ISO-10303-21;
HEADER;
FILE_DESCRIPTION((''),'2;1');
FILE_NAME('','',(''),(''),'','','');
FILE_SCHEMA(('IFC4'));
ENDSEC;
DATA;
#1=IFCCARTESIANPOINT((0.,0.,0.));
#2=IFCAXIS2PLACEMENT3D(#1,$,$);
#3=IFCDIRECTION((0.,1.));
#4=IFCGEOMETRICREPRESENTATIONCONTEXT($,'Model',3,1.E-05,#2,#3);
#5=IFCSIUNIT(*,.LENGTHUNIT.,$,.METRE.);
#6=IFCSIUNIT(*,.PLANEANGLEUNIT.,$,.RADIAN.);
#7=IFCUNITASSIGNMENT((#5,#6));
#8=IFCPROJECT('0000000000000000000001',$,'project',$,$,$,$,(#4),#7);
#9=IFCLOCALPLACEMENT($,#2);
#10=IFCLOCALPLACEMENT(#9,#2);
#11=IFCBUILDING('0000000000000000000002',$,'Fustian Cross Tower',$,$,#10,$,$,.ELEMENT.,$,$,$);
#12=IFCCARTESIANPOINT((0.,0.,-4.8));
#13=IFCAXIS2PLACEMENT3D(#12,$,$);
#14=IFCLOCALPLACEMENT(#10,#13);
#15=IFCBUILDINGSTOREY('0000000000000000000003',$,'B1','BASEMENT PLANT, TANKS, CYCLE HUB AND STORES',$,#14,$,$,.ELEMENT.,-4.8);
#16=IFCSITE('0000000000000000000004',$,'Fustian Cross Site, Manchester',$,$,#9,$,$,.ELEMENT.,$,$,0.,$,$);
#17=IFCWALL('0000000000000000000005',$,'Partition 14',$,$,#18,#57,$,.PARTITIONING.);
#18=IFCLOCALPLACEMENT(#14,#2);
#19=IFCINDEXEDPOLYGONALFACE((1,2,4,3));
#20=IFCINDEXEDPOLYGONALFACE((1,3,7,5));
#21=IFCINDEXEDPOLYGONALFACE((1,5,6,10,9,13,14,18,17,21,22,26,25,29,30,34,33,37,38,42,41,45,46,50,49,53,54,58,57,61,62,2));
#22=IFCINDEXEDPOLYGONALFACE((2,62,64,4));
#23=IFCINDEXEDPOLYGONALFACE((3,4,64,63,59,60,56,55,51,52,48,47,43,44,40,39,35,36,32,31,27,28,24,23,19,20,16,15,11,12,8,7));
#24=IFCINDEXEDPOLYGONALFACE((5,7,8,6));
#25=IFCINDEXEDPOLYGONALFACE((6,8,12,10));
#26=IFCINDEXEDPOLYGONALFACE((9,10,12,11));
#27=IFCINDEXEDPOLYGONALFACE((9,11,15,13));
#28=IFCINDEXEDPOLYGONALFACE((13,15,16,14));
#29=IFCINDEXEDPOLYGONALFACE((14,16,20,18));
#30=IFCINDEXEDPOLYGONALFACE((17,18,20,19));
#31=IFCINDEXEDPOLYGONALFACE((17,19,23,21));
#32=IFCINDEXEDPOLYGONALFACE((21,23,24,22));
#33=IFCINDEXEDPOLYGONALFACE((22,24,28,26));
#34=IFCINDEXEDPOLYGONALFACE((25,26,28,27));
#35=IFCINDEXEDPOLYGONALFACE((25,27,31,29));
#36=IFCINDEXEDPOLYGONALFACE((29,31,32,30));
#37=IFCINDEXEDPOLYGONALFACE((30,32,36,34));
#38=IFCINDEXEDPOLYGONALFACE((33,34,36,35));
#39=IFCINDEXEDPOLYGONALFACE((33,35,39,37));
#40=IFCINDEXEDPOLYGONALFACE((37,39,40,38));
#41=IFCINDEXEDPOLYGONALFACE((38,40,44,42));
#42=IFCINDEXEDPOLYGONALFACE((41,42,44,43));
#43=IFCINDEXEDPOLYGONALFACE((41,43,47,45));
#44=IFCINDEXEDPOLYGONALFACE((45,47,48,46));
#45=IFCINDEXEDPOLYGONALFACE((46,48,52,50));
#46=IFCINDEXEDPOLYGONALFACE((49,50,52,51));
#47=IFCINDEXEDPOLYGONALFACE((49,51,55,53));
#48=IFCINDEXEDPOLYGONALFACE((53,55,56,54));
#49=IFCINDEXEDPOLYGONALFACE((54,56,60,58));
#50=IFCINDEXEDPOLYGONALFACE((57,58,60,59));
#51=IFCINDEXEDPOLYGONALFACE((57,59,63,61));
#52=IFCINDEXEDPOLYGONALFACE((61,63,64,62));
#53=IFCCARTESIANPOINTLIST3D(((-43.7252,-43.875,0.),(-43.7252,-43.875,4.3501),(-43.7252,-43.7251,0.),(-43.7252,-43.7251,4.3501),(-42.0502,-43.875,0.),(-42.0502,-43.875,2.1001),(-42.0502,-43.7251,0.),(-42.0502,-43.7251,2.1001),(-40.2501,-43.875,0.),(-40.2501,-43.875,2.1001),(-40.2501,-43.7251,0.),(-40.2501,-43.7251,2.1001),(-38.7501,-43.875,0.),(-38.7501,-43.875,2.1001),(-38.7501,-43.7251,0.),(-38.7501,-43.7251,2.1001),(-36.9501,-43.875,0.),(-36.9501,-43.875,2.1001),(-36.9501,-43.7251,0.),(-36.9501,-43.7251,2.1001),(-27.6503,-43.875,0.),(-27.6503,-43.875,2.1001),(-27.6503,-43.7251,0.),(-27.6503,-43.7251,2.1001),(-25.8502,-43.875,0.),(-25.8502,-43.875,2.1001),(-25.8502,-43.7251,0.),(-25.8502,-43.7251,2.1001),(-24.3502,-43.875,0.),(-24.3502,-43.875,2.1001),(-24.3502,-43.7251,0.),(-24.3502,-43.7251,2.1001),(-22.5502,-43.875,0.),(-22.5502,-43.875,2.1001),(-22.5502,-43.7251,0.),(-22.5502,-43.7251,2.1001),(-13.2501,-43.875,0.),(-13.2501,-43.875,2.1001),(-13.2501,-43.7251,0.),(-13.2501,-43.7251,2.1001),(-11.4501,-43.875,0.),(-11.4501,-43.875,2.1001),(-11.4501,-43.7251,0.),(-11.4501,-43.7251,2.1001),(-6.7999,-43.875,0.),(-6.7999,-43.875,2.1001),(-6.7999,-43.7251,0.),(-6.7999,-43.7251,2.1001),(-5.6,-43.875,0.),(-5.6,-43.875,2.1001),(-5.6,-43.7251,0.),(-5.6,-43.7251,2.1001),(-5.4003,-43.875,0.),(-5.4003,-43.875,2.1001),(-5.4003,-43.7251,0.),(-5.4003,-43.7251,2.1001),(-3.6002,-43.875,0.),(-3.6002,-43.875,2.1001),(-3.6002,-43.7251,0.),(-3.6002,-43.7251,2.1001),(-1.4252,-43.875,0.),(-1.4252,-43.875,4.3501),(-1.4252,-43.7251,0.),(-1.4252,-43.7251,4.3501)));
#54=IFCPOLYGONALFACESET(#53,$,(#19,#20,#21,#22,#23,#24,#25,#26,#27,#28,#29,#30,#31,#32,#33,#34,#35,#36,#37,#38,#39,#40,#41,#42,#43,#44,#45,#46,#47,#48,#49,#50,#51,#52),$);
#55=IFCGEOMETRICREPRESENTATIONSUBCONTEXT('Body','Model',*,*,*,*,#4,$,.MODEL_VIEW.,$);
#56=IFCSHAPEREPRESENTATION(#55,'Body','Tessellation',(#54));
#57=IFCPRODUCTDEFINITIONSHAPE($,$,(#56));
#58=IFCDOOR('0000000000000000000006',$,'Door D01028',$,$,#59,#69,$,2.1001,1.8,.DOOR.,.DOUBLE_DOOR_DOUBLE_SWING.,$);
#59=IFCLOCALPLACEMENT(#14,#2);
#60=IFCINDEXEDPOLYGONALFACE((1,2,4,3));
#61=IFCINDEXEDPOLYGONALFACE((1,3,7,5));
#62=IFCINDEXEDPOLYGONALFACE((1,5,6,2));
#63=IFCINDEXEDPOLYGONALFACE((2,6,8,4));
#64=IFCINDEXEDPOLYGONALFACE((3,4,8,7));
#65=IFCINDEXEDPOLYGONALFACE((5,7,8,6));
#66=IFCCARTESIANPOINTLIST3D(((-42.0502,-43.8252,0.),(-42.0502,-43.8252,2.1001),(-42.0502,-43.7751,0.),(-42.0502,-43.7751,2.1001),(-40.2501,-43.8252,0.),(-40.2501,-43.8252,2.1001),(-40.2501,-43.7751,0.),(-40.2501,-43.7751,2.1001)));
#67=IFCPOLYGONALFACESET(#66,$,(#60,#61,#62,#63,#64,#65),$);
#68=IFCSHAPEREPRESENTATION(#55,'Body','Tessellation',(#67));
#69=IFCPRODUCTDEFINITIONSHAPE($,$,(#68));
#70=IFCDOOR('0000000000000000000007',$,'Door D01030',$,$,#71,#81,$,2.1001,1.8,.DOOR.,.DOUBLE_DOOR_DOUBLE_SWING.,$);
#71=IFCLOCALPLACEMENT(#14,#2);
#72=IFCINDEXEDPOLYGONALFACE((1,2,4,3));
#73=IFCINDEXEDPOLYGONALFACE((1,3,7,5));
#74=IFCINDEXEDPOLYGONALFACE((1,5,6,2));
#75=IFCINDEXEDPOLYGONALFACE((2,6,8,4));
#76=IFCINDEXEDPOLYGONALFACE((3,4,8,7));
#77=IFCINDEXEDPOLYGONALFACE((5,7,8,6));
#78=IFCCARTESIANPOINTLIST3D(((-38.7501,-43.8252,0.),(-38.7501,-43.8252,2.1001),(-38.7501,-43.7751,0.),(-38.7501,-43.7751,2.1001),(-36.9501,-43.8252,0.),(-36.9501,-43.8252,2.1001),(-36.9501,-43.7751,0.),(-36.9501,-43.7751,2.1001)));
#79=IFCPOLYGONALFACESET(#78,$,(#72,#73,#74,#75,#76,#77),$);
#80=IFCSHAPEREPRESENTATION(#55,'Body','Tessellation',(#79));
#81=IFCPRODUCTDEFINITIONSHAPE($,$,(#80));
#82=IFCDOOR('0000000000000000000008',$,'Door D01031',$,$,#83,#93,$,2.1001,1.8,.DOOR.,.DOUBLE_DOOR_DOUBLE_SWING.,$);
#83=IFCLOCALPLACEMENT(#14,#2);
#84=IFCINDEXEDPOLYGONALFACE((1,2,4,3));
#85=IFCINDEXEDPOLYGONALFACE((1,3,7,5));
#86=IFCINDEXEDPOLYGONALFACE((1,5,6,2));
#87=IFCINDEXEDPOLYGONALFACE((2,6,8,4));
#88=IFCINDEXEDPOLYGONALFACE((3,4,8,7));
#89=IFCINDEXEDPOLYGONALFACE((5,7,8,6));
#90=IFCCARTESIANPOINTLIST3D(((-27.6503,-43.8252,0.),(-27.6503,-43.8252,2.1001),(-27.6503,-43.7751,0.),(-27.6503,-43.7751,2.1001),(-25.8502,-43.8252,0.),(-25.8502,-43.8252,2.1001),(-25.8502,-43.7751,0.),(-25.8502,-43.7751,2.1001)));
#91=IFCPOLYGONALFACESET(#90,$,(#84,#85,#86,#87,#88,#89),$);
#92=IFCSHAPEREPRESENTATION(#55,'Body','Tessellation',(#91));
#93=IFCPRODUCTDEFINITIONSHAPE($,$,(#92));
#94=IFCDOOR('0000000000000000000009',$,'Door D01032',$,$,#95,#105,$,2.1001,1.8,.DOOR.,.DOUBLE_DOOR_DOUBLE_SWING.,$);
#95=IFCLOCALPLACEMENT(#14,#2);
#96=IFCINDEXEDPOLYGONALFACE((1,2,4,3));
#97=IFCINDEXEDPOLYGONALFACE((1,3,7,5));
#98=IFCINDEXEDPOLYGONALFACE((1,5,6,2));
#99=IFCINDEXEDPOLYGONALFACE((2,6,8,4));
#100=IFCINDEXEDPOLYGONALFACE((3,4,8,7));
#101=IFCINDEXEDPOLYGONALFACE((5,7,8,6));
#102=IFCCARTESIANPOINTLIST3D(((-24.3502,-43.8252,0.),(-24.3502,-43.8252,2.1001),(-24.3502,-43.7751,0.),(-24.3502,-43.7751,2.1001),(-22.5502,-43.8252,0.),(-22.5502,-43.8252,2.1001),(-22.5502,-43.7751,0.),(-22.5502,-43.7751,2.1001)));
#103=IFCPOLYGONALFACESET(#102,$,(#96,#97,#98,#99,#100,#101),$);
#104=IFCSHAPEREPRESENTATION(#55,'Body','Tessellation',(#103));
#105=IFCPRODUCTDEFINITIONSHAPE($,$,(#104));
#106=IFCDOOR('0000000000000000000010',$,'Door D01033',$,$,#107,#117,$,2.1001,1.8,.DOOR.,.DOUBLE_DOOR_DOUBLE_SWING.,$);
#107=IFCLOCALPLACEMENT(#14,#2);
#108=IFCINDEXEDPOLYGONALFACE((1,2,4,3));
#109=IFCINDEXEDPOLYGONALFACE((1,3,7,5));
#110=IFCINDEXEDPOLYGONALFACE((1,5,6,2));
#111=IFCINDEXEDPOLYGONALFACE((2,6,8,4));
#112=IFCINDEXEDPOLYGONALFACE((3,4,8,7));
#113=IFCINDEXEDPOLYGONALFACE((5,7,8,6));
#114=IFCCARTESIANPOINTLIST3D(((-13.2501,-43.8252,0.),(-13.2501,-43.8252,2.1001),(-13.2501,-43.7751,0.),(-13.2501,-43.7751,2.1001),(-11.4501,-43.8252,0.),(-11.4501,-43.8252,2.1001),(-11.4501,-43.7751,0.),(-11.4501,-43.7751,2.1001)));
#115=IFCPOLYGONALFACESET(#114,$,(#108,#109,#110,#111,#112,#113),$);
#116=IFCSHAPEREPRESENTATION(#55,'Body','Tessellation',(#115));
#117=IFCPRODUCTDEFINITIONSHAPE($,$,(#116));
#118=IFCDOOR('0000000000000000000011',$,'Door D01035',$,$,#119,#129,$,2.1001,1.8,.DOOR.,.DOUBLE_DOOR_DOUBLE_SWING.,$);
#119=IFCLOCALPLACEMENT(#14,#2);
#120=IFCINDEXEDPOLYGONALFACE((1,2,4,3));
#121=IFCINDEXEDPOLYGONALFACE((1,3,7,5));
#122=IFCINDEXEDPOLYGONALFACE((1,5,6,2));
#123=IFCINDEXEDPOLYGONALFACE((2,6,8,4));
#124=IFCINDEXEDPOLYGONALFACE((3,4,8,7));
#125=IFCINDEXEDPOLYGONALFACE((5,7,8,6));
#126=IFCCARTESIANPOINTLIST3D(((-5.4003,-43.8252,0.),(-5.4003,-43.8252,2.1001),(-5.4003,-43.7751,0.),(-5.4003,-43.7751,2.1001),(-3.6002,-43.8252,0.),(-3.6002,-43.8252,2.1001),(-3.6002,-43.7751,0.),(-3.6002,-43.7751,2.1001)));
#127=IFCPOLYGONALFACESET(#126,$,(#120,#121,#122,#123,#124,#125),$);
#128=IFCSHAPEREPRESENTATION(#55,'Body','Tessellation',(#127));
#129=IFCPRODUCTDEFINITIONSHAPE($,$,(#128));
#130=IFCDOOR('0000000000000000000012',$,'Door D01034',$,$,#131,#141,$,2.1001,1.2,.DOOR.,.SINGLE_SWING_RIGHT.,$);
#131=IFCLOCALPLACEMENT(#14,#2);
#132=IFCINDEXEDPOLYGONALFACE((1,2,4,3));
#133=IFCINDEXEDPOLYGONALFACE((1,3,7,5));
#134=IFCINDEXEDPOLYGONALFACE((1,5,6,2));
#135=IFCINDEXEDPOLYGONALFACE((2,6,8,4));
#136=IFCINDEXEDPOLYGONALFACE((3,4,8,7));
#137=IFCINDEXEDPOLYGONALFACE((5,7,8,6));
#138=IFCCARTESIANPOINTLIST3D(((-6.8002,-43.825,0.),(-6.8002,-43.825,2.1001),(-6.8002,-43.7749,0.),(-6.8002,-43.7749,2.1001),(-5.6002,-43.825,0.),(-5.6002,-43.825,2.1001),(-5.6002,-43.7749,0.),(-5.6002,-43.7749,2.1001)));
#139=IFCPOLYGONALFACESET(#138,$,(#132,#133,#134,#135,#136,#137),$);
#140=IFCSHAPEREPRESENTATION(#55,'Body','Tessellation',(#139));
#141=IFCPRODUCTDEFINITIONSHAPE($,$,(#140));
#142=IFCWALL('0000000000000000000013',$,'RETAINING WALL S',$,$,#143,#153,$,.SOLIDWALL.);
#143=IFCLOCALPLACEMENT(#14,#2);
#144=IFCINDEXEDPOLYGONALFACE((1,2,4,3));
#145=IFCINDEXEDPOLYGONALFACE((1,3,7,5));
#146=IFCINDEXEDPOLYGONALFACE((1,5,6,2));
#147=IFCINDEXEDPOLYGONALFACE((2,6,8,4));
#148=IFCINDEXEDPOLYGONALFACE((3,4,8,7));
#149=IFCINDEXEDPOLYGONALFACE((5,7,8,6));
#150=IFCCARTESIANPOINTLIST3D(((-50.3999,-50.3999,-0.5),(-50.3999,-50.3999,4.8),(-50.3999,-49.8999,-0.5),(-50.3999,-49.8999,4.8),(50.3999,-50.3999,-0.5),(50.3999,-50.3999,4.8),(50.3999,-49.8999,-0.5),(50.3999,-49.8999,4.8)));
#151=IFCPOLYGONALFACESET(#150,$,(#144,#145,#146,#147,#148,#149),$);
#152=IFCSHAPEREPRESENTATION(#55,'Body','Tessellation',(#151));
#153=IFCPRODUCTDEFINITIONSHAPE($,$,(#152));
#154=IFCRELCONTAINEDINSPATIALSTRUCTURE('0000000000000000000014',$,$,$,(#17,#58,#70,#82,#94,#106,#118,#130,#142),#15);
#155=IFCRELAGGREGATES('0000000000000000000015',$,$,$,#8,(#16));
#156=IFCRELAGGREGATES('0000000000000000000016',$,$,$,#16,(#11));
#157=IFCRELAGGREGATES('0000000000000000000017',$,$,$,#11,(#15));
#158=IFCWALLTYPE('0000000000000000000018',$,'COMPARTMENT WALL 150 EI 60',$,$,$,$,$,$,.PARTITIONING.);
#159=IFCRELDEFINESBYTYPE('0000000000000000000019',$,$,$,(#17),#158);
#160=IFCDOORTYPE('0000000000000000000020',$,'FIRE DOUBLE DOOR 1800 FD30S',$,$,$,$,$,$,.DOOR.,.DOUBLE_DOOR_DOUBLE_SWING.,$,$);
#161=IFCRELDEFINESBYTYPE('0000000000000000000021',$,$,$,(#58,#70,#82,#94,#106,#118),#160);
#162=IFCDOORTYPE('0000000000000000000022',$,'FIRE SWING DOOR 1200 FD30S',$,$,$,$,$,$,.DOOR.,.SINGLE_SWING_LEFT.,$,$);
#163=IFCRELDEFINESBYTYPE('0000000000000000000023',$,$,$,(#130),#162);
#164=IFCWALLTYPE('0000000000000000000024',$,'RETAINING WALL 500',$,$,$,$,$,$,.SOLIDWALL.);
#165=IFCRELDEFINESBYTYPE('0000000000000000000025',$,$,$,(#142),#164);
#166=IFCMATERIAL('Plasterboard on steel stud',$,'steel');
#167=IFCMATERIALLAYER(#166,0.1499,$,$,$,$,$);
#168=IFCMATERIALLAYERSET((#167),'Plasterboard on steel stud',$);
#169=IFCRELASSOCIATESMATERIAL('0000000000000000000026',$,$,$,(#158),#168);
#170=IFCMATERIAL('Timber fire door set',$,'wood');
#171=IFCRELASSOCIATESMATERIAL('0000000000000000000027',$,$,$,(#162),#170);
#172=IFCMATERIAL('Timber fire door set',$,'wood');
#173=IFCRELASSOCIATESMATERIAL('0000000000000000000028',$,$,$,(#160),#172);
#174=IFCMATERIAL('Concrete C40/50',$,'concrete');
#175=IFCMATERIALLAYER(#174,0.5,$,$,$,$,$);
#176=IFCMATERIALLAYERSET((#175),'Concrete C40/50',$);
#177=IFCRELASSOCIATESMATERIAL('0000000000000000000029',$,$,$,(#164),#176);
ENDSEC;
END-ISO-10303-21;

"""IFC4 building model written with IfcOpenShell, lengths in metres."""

from ifc_helpers import new_model, si_unit, direction, frame, frame_2d, origin, place, context, subcontext, project, spatial, rectangle, extrude, material, layer, layer_set, type_object, element, fill, save


model = new_model("IFC4")

# Units and contexts
model_context = context("Model", 3, precision=1e-05, world=origin(), true_north=direction((0.0, 1.0)))
body_context = subcontext(model_context, "Body", "Model", "MODEL_VIEW")
ifc_project = project(units=[si_unit("LENGTHUNIT", "METRE"), si_unit("PLANEANGLEUNIT", "RADIAN")], contexts=[model_context])

# Site, building, storey
site_placement = place(None, origin())
site = spatial("IfcSite", under=ifc_project, at=site_placement, Name="Fustian Cross Site, Manchester", CompositionType="ELEMENT", RefElevation=0.0)
building_placement = place(site_placement, origin())
building = spatial("IfcBuilding", under=site, at=building_placement, Name="Fustian Cross Tower", CompositionType="ELEMENT")
storey_placement = place(building_placement, frame((0.0, 0.0, -4.8)))
storey = spatial("IfcBuildingStorey", under=building, at=storey_placement, Name="B1", Description="BASEMENT PLANT, TANKS, CYCLE HUB AND STORES", CompositionType="ELEMENT", Elevation=-4.8)

# Shared definitions
ifc_material_1 = material(Name="Plasterboard on steel stud", Category="steel")
ifc_layer_1 = layer(ifc_material_1, 0.1499)
ifc_layer_set_1 = layer_set([ifc_layer_1], Name="Plasterboard on steel stud")
wall_type_1 = type_object("IfcWallType", Name="COMPARTMENT WALL 150 EI 60", PredefinedType="PARTITIONING", material=ifc_layer_set_1)
ifc_material_2 = material(Name="Timber fire door set", Category="wood")
door_type_1 = type_object("IfcDoorType", Name="FIRE SWING DOOR 1200 FD30S", OperationType="SINGLE_SWING_LEFT", PredefinedType="DOOR", material=ifc_material_2)

# Wall, openings, doors
wall_1_placement = place(storey_placement, frame((-43.7251, -43.8, 0.0), z_axis=(0.0, 0.0, 1.0), x_axis=(1.0, 0.0, 0.0)))
wall_1 = element("IfcWall", 1, at=wall_1_placement, inside=storey, type_object=wall_type_1, Name="Partition 14", PredefinedType="PARTITIONING", context=body_context, shape_type="SweptSolid", body=[
    extrude(rectangle(XDim=42.3, YDim=0.1499, at=frame_2d((21.1499, 0.0))), origin(), (0.0, 0.0, 1.0), 4.3501),
])
opening_1_placement = place(wall_1_placement, frame((1.675, 0.0, 0.0)))
opening_1 = element("IfcOpeningElement", 2, at=opening_1_placement, cuts=wall_1, PredefinedType="OPENING", context=body_context, shape_type="SweptSolid", body=[
    extrude(rectangle(XDim=1.8, YDim=2.1001, at=frame_2d((0.8999, 1.05))), frame((0.0, 0.085, 0.0), z_axis=(0.0, -1.0, 0.0), x_axis=(1.0, 0.0, 0.0)), (0.0, 0.0, 1.0), 0.1699),
])
opening_2_placement = place(wall_1_placement, frame((4.9751, 0.0, 0.0)))
opening_2 = element("IfcOpeningElement", 3, at=opening_2_placement, cuts=wall_1, PredefinedType="OPENING", context=body_context, shape_type="SweptSolid", body=[
    extrude(rectangle(XDim=1.8, YDim=2.1001, at=frame_2d((0.8999, 1.05))), frame((0.0, 0.085, 0.0), z_axis=(0.0, -1.0, 0.0), x_axis=(1.0, 0.0, 0.0)), (0.0, 0.0, 1.0), 0.1699),
])
opening_3_placement = place(wall_1_placement, frame((16.075, 0.0, 0.0)))
opening_3 = element("IfcOpeningElement", 4, at=opening_3_placement, cuts=wall_1, PredefinedType="OPENING", context=body_context, shape_type="SweptSolid", body=[
    extrude(rectangle(XDim=1.8, YDim=2.1001, at=frame_2d((0.8999, 1.05))), frame((0.0, 0.085, 0.0), z_axis=(0.0, -1.0, 0.0), x_axis=(1.0, 0.0, 0.0)), (0.0, 0.0, 1.0), 0.1699),
])
opening_4_placement = place(wall_1_placement, frame((19.375, 0.0, 0.0)))
opening_4 = element("IfcOpeningElement", 5, at=opening_4_placement, cuts=wall_1, PredefinedType="OPENING", context=body_context, shape_type="SweptSolid", body=[
    extrude(rectangle(XDim=1.8, YDim=2.1001, at=frame_2d((0.8999, 1.05))), frame((0.0, 0.085, 0.0), z_axis=(0.0, -1.0, 0.0), x_axis=(1.0, 0.0, 0.0)), (0.0, 0.0, 1.0), 0.1699),
])
opening_5_placement = place(wall_1_placement, frame((30.4751, 0.0, 0.0)))
opening_5 = element("IfcOpeningElement", 6, at=opening_5_placement, cuts=wall_1, PredefinedType="OPENING", context=body_context, shape_type="SweptSolid", body=[
    extrude(rectangle(XDim=1.8, YDim=2.1001, at=frame_2d((0.8999, 1.05))), frame((0.0, 0.085, 0.0), z_axis=(0.0, -1.0, 0.0), x_axis=(1.0, 0.0, 0.0)), (0.0, 0.0, 1.0), 0.1699),
])
opening_6_placement = place(wall_1_placement, frame((36.925, 0.0, 0.0)))
opening_6 = element("IfcOpeningElement", 7, at=opening_6_placement, cuts=wall_1, PredefinedType="OPENING", context=body_context, shape_type="SweptSolid", body=[
    extrude(rectangle(XDim=1.2, YDim=2.1001, at=frame_2d((0.6001, 1.05))), frame((0.0, 0.085, 0.0), z_axis=(0.0, -1.0, 0.0), x_axis=(1.0, 0.0, 0.0)), (0.0, 0.0, 1.0), 0.1699),
])
opening_7_placement = place(wall_1_placement, frame((38.325, 0.0, 0.0)))
opening_7 = element("IfcOpeningElement", 8, at=opening_7_placement, cuts=wall_1, PredefinedType="OPENING", context=body_context, shape_type="SweptSolid", body=[
    extrude(rectangle(XDim=1.8, YDim=2.1001, at=frame_2d((0.8999, 1.05))), frame((0.0, 0.085, 0.0), z_axis=(0.0, -1.0, 0.0), x_axis=(1.0, 0.0, 0.0)), (0.0, 0.0, 1.0), 0.1699),
])
ifc_material_3 = material(Name="Timber fire door set", Category="wood")
door_type_2 = type_object("IfcDoorType", Name="FIRE DOUBLE DOOR 1800 FD30S", OperationType="DOUBLE_DOOR_DOUBLE_SWING", PredefinedType="DOOR", material=ifc_material_3)
door_1_placement = place(opening_1_placement, origin())
door_1 = element("IfcDoor", 9, at=door_1_placement, inside=storey, type_object=door_type_2, Name="Door D01028", OperationType="DOUBLE_DOOR_DOUBLE_SWING", OverallHeight=2.1001, OverallWidth=1.8, PredefinedType="DOOR", context=body_context, shape_type="SweptSolid", body=[
    extrude(rectangle(XDim=1.8, YDim=2.1001, at=frame_2d((0.8999, 1.05))), frame((0.0, 0.0249, 0.0), z_axis=(0.0, -1.0, 0.0), x_axis=(1.0, 0.0, 0.0)), (0.0, 0.0, 1.0), 0.05),
])
fill(opening_1, door_1)
door_2_placement = place(opening_2_placement, origin())
door_2 = element("IfcDoor", 10, at=door_2_placement, inside=storey, type_object=door_type_2, Name="Door D01030", OperationType="DOUBLE_DOOR_DOUBLE_SWING", OverallHeight=2.1001, OverallWidth=1.8, PredefinedType="DOOR", context=body_context, shape_type="SweptSolid", body=[
    extrude(rectangle(XDim=1.8, YDim=2.1001, at=frame_2d((0.8999, 1.05))), frame((0.0, 0.0249, 0.0), z_axis=(0.0, -1.0, 0.0), x_axis=(1.0, 0.0, 0.0)), (0.0, 0.0, 1.0), 0.05),
])
fill(opening_2, door_2)
door_3_placement = place(opening_3_placement, origin())
door_3 = element("IfcDoor", 11, at=door_3_placement, inside=storey, type_object=door_type_2, Name="Door D01031", OperationType="DOUBLE_DOOR_DOUBLE_SWING", OverallHeight=2.1001, OverallWidth=1.8, PredefinedType="DOOR", context=body_context, shape_type="SweptSolid", body=[
    extrude(rectangle(XDim=1.8, YDim=2.1001, at=frame_2d((0.8999, 1.05))), frame((0.0, 0.0249, 0.0), z_axis=(0.0, -1.0, 0.0), x_axis=(1.0, 0.0, 0.0)), (0.0, 0.0, 1.0), 0.05),
])
fill(opening_3, door_3)
door_4_placement = place(opening_4_placement, origin())
door_4 = element("IfcDoor", 12, at=door_4_placement, inside=storey, type_object=door_type_2, Name="Door D01032", OperationType="DOUBLE_DOOR_DOUBLE_SWING", OverallHeight=2.1001, OverallWidth=1.8, PredefinedType="DOOR", context=body_context, shape_type="SweptSolid", body=[
    extrude(rectangle(XDim=1.8, YDim=2.1001, at=frame_2d((0.8999, 1.05))), frame((0.0, 0.0249, 0.0), z_axis=(0.0, -1.0, 0.0), x_axis=(1.0, 0.0, 0.0)), (0.0, 0.0, 1.0), 0.05),
])
fill(opening_4, door_4)
door_5_placement = place(opening_5_placement, origin())
door_5 = element("IfcDoor", 13, at=door_5_placement, inside=storey, type_object=door_type_2, Name="Door D01033", OperationType="DOUBLE_DOOR_DOUBLE_SWING", OverallHeight=2.1001, OverallWidth=1.8, PredefinedType="DOOR", context=body_context, shape_type="SweptSolid", body=[
    extrude(rectangle(XDim=1.8, YDim=2.1001, at=frame_2d((0.8999, 1.05))), frame((0.0, 0.0249, 0.0), z_axis=(0.0, -1.0, 0.0), x_axis=(1.0, 0.0, 0.0)), (0.0, 0.0, 1.0), 0.05),
])
fill(opening_5, door_5)
door_6_placement = place(opening_7_placement, origin())
door_6 = element("IfcDoor", 14, at=door_6_placement, inside=storey, type_object=door_type_2, Name="Door D01035", OperationType="DOUBLE_DOOR_DOUBLE_SWING", OverallHeight=2.1001, OverallWidth=1.8, PredefinedType="DOOR", context=body_context, shape_type="SweptSolid", body=[
    extrude(rectangle(XDim=1.8, YDim=2.1001, at=frame_2d((0.8999, 1.05))), frame((0.0, 0.0249, 0.0), z_axis=(0.0, -1.0, 0.0), x_axis=(1.0, 0.0, 0.0)), (0.0, 0.0, 1.0), 0.05),
])
fill(opening_7, door_6)
door_7_placement = place(opening_6_placement, frame((1.2, 0.0, 0.0), z_axis=(0.0, 0.0, 1.0), x_axis=(-1.0, 0.0, 0.0)))
door_7 = element("IfcDoor", 15, at=door_7_placement, inside=storey, type_object=door_type_1, Name="Door D01034", OperationType="SINGLE_SWING_RIGHT", OverallHeight=2.1001, OverallWidth=1.2, PredefinedType="DOOR", context=body_context, shape_type="SweptSolid", body=[
    extrude(rectangle(XDim=1.2, YDim=2.1001, at=frame_2d((0.6001, 1.05))), frame((0.0, 0.0249, 0.0), z_axis=(0.0, -1.0, 0.0), x_axis=(1.0, 0.0, 0.0)), (0.0, 0.0, 1.0), 0.05),
])
fill(opening_6, door_7)

# Wall
ifc_material_4 = material(Name="Concrete C40/50", Category="concrete")
ifc_layer_2 = layer(ifc_material_4, 0.5)
ifc_layer_set_2 = layer_set([ifc_layer_2], Name="Concrete C40/50")
wall_type_2 = type_object("IfcWallType", Name="RETAINING WALL 500", PredefinedType="SOLIDWALL", material=ifc_layer_set_2)
wall_2_placement = place(storey_placement, frame((-50.3999, -50.1499, -0.5), z_axis=(0.0, 0.0, 1.0), x_axis=(1.0, 0.0, 0.0)))
element("IfcWall", 16, at=wall_2_placement, inside=storey, type_object=wall_type_2, Name="RETAINING WALL S", PredefinedType="SOLIDWALL", context=body_context, shape_type="SweptSolid", body=[
    extrude(rectangle(XDim=100.7998, YDim=0.5, at=frame_2d((50.3999, 0.0))), origin(), (0.0, 0.0, 1.0), 5.3),
])

save(model, "model.ifc")
